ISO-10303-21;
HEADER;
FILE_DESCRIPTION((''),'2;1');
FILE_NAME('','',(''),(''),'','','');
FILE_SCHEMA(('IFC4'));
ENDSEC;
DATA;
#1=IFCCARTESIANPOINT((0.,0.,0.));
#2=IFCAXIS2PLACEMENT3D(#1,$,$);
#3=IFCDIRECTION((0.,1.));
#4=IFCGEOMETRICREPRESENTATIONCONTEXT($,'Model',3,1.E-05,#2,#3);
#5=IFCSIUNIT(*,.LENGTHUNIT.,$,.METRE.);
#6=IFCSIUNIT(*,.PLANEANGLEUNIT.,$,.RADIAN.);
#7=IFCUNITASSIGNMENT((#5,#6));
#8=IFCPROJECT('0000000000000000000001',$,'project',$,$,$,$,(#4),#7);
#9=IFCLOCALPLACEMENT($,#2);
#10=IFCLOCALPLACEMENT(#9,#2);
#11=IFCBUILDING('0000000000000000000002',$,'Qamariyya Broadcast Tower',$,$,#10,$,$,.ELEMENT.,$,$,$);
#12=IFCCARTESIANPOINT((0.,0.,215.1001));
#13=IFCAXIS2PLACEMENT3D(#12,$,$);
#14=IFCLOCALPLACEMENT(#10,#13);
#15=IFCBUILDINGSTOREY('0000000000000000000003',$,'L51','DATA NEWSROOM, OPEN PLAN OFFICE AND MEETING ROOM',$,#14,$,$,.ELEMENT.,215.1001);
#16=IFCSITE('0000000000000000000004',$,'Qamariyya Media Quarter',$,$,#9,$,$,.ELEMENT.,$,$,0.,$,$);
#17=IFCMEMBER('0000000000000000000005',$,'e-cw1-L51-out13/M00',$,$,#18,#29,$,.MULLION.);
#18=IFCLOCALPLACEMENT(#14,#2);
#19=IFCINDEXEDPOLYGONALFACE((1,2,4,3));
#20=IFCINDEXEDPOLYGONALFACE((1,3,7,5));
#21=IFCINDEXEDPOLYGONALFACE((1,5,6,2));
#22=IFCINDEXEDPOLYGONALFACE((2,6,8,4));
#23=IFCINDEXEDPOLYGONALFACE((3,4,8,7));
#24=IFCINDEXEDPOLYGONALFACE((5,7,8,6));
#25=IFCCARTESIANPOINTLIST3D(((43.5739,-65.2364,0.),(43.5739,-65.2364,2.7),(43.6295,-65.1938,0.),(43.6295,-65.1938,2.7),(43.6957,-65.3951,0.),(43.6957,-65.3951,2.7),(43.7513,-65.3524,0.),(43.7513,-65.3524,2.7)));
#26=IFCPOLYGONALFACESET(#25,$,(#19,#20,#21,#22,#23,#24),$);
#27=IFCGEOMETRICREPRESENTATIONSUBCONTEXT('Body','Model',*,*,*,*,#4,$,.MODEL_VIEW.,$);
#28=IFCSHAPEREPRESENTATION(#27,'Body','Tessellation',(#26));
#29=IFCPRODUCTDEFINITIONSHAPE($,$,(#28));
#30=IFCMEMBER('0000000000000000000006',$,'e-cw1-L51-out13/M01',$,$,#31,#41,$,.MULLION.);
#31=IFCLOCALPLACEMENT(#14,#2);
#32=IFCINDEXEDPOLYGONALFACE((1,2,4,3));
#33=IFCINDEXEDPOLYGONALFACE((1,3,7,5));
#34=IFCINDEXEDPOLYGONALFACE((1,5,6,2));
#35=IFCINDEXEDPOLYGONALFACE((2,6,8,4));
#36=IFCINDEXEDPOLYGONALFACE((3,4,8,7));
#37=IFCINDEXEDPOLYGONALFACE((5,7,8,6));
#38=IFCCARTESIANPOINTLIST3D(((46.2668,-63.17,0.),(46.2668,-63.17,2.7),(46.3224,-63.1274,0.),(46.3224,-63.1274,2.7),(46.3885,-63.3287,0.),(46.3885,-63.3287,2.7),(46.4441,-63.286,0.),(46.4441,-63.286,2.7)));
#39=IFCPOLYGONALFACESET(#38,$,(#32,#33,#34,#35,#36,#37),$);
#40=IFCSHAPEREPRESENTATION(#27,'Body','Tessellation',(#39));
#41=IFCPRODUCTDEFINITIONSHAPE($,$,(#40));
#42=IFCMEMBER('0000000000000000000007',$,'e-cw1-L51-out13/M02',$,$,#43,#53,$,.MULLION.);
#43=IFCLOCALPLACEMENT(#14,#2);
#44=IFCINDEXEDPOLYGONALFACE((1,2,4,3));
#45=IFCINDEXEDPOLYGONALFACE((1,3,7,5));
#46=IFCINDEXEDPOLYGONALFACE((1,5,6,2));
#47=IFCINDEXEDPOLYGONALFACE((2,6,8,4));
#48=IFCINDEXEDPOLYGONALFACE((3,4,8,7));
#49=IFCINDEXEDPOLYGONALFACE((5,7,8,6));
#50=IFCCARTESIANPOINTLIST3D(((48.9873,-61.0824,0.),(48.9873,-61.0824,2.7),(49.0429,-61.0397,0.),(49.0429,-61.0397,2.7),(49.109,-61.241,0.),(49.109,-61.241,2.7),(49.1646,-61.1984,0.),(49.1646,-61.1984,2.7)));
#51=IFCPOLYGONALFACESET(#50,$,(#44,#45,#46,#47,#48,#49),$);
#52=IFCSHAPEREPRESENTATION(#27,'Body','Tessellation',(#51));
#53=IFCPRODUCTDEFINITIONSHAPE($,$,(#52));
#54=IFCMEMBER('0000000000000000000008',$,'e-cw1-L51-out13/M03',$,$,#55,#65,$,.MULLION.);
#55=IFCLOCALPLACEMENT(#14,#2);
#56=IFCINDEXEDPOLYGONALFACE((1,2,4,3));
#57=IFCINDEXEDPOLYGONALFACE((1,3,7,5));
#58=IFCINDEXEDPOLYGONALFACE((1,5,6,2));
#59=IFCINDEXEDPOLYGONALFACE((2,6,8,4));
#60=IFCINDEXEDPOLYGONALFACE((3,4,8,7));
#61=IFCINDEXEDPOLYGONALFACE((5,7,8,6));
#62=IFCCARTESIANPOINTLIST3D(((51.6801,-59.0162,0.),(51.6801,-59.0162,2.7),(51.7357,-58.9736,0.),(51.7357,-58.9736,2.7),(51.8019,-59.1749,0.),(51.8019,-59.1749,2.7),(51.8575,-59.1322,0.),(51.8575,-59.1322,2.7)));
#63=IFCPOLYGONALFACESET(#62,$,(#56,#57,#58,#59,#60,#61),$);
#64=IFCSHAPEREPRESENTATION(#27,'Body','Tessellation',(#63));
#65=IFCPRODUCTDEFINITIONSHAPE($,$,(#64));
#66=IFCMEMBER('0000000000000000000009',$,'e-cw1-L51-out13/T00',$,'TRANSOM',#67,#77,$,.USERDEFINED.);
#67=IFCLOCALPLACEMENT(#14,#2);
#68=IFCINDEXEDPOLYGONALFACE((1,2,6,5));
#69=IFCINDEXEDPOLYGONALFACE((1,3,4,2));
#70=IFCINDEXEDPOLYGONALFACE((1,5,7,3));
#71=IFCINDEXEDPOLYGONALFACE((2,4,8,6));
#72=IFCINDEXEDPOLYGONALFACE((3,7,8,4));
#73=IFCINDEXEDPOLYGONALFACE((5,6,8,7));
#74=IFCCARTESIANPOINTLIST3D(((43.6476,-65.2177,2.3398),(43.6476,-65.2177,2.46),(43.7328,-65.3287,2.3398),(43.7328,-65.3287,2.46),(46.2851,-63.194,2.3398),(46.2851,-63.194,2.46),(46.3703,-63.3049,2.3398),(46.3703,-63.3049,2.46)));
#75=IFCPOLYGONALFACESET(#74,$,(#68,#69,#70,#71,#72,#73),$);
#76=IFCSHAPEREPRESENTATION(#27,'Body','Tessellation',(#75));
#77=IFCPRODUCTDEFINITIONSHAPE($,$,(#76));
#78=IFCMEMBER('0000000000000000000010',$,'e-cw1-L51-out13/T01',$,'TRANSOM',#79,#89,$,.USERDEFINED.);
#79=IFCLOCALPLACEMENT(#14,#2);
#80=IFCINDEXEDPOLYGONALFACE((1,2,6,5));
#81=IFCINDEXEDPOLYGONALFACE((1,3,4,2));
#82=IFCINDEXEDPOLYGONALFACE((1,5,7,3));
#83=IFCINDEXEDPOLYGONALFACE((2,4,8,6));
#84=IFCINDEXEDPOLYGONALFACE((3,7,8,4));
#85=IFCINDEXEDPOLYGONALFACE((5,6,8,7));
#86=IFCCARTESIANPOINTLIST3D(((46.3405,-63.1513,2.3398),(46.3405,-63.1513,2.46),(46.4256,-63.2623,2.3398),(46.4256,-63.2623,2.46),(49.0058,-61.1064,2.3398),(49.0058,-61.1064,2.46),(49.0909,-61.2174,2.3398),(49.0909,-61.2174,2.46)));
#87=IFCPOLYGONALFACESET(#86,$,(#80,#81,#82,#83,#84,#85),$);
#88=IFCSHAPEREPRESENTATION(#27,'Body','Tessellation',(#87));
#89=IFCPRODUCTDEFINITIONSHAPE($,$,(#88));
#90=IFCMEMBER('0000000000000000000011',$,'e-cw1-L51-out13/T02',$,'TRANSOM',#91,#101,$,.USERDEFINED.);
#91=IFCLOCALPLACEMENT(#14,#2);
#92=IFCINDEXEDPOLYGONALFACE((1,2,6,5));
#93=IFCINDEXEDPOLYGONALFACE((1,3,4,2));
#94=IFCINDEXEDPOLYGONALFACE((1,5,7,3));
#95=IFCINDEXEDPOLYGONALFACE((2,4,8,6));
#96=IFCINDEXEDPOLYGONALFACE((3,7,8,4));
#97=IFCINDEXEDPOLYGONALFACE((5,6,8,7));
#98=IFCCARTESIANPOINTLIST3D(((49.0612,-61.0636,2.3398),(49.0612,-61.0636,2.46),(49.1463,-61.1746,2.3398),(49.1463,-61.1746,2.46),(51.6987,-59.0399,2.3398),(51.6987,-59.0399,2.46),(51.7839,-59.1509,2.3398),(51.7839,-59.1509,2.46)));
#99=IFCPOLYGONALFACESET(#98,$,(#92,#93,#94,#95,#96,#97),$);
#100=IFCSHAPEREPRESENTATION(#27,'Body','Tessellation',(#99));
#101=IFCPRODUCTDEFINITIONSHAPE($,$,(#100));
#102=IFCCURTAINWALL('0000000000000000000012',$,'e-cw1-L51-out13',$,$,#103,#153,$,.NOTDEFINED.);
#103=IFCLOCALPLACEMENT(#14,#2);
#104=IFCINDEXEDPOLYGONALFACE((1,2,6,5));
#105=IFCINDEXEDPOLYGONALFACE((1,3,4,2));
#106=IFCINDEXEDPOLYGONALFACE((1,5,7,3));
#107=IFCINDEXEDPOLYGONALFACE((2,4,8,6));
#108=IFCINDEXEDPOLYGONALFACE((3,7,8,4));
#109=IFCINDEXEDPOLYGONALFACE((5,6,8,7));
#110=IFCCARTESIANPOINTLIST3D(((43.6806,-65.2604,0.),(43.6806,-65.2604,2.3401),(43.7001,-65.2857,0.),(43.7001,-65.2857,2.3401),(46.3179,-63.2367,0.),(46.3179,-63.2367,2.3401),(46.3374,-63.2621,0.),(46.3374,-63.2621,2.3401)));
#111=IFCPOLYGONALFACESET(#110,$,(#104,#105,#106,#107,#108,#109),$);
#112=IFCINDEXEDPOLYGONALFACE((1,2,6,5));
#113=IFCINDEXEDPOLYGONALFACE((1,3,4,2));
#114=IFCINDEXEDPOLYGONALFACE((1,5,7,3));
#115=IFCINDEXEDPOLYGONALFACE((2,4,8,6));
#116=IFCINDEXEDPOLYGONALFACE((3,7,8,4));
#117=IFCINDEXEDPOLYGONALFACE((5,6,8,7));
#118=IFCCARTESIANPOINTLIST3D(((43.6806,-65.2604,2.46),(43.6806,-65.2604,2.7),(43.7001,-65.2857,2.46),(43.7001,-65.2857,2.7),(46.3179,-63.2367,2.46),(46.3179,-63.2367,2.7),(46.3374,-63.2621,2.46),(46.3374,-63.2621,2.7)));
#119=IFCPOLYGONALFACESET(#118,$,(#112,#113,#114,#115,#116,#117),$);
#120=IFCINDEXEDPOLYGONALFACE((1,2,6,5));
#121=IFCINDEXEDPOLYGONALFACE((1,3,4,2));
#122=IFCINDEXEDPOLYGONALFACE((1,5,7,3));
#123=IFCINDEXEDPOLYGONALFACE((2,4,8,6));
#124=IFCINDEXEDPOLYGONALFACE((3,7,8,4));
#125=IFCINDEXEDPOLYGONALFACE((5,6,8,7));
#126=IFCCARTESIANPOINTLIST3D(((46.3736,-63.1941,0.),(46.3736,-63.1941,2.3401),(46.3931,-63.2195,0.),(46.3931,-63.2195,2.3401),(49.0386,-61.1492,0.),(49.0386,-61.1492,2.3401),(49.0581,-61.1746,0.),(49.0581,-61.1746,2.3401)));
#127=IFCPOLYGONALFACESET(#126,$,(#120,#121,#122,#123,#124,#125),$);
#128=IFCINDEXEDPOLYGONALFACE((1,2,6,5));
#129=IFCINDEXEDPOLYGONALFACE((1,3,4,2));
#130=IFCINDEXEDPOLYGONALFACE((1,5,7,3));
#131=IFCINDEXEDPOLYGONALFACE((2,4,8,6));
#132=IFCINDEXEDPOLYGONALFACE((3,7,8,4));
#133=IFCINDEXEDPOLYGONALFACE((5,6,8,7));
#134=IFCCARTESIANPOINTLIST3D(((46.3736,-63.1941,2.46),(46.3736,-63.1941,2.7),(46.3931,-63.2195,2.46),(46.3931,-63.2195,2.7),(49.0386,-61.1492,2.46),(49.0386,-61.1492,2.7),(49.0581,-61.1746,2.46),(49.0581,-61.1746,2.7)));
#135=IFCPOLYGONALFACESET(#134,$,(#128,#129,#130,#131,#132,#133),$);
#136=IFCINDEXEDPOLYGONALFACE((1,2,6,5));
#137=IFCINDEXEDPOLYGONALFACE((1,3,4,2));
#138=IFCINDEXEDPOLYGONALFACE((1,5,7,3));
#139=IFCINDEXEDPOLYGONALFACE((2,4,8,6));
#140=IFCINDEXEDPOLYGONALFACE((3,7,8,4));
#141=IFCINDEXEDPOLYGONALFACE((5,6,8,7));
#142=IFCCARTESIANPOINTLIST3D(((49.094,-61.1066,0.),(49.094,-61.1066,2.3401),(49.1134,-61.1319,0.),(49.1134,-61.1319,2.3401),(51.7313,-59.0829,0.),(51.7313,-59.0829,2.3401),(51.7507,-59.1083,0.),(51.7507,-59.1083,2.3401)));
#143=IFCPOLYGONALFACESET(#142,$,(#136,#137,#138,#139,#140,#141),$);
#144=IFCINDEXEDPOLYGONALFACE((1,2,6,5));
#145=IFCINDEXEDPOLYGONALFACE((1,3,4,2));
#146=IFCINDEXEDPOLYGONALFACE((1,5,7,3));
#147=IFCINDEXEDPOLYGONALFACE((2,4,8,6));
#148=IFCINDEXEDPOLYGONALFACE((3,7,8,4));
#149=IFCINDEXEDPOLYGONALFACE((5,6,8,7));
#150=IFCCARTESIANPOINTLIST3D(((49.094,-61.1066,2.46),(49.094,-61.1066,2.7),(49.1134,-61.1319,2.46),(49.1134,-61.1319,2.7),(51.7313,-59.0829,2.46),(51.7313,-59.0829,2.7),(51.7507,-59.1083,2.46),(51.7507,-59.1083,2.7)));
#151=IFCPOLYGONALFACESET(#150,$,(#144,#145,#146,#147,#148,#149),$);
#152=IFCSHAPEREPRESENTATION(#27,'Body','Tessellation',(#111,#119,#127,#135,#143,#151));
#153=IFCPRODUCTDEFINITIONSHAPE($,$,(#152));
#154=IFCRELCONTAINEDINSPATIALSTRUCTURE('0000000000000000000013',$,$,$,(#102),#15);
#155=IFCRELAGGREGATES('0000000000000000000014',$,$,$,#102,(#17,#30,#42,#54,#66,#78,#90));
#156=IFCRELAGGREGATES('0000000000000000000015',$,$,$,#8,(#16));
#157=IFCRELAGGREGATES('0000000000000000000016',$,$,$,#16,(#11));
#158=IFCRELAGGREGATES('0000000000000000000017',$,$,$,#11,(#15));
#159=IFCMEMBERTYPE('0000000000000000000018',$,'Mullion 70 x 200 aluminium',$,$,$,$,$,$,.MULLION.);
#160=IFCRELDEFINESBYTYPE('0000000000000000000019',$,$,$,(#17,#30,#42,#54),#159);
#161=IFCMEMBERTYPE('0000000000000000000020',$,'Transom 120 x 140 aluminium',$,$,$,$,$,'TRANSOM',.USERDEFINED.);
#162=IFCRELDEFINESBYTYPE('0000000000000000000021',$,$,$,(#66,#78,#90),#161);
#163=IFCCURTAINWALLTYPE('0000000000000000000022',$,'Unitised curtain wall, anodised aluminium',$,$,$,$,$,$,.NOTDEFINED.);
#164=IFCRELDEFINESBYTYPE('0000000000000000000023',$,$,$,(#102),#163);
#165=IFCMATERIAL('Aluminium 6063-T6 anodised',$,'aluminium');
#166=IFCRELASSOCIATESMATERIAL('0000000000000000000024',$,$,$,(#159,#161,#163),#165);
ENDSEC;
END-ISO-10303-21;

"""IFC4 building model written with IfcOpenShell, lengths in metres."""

from ifc_helpers import new_model, si_unit, direction, frame, origin, origin_2d, place, context, subcontext, project, spatial, rectangle, extrude, material, material_profile, profile_set, type_object, element, aggregate, save


model = new_model("IFC4")

# Units and contexts
model_context = context("Model", 3, precision=1e-05, world=origin(), true_north=direction((0.0, 1.0)))
body_context = subcontext(model_context, "Body", "Model", "MODEL_VIEW")
ifc_project = project(units=[si_unit("LENGTHUNIT", "METRE"), si_unit("PLANEANGLEUNIT", "RADIAN")], contexts=[model_context])

# Members
ifc_material = material(Name="Aluminium 6063-T6 anodised", Category="aluminium")
ifc_material_profile_1 = material_profile(ifc_material, rectangle(XDim=0.2, YDim=0.0701, at=origin_2d()))
ifc_profile_set_1 = profile_set([ifc_material_profile_1], Name="Aluminium 6063-T6 anodised")
member_type_1 = type_object("IfcMemberType", Name="Mullion 70 x 200 aluminium", PredefinedType="MULLION", material=ifc_profile_set_1)
site_placement = place(None, origin())
building_placement = place(site_placement, origin())
storey_placement = place(building_placement, frame((0.0, 0.0, 215.1001)))
member_1_placement = place(storey_placement, frame((43.6626, -65.2944, 0.0), z_axis=(0.0, 0.0, 1.0), x_axis=(-0.608761, 0.793353, 0.0)))
member_1 = element("IfcMember", 1, at=member_1_placement, type_object=member_type_1, Name="e-cw1-L51-out13/M00", PredefinedType="MULLION", context=body_context, shape_type="SweptSolid", body=[
    extrude(rectangle(XDim=0.2, YDim=0.0701, at=origin_2d()), origin(), (0.0, 0.0, 1.0), 2.7),
])
member_2_placement = place(storey_placement, frame((46.3555, -63.228, 0.0), z_axis=(0.0, 0.0, 1.0), x_axis=(-0.608761, 0.793353, 0.0)))
member_2 = element("IfcMember", 2, at=member_2_placement, type_object=member_type_1, Name="e-cw1-L51-out13/M01", PredefinedType="MULLION", context=body_context, shape_type="SweptSolid", body=[
    extrude(rectangle(XDim=0.2, YDim=0.0701, at=origin_2d()), origin(), (0.0, 0.0, 1.0), 2.7),
])
member_3_placement = place(storey_placement, frame((49.0759, -61.1404, 0.0), z_axis=(0.0, 0.0, 1.0), x_axis=(-0.608761, 0.793353, 0.0)))
member_3 = element("IfcMember", 3, at=member_3_placement, type_object=member_type_1, Name="e-cw1-L51-out13/M02", PredefinedType="MULLION", context=body_context, shape_type="SweptSolid", body=[
    extrude(rectangle(XDim=0.2, YDim=0.0701, at=origin_2d()), origin(), (0.0, 0.0, 1.0), 2.7),
])
member_4_placement = place(storey_placement, frame((51.7688, -59.0742, 0.0), z_axis=(0.0, 0.0, 1.0), x_axis=(-0.608761, 0.793353, 0.0)))
member_4 = element("IfcMember", 4, at=member_4_placement, type_object=member_type_1, Name="e-cw1-L51-out13/M03", PredefinedType="MULLION", context=body_context, shape_type="SweptSolid", body=[
    extrude(rectangle(XDim=0.2, YDim=0.0701, at=origin_2d()), origin(), (0.0, 0.0, 1.0), 2.7),
])
ifc_material_profile_2 = material_profile(ifc_material, rectangle(XDim=0.1399, YDim=0.1201, at=origin_2d()))
ifc_profile_set_2 = profile_set([ifc_material_profile_2], Name="Aluminium 6063-T6 anodised")
member_type_2 = type_object("IfcMemberType", Name="Transom 120 x 140 aluminium", ElementType="TRANSOM", PredefinedType="USERDEFINED", material=ifc_profile_set_2)
member_5_placement = place(storey_placement, frame((43.6902, -65.2732, 2.3999), z_axis=(0.793369, 0.608741, 0.0), x_axis=(-0.608741, 0.793369, 0.0)))
member_5 = element("IfcMember", 5, at=member_5_placement, type_object=member_type_2, Name="e-cw1-L51-out13/T00", ObjectType="TRANSOM", PredefinedType="USERDEFINED", context=body_context, shape_type="SweptSolid", body=[
    extrude(rectangle(XDim=0.1399, YDim=0.1201, at=origin_2d()), origin(), (0.0, 0.0, 1.0), 3.3245),
])
member_6_placement = place(storey_placement, frame((46.3831, -63.2068, 2.3999), z_axis=(0.793385, 0.60872, 0.0), x_axis=(-0.60872, 0.793385, 0.0)))
member_6 = element("IfcMember", 6, at=member_6_placement, type_object=member_type_2, Name="e-cw1-L51-out13/T01", ObjectType="TRANSOM", PredefinedType="USERDEFINED", context=body_context, shape_type="SweptSolid", body=[
    extrude(rectangle(XDim=0.1399, YDim=0.1201, at=origin_2d()), origin(), (0.0, 0.0, 1.0), 3.3594),
])
member_7_placement = place(storey_placement, frame((49.1038, -61.1191, 2.3999), z_axis=(0.793369, 0.608741, 0.0), x_axis=(-0.608741, 0.793369, 0.0)))
member_7 = element("IfcMember", 7, at=member_7_placement, type_object=member_type_2, Name="e-cw1-L51-out13/T02", ObjectType="TRANSOM", PredefinedType="USERDEFINED", context=body_context, shape_type="SweptSolid", body=[
    extrude(rectangle(XDim=0.1399, YDim=0.1201, at=origin_2d()), origin(), (0.0, 0.0, 1.0), 3.3245),
])

# Site, building, storey
site = spatial("IfcSite", under=ifc_project, at=site_placement, Name="Qamariyya Media Quarter", CompositionType="ELEMENT", RefElevation=0.0)
building = spatial("IfcBuilding", under=site, at=building_placement, Name="Qamariyya Broadcast Tower", CompositionType="ELEMENT")
storey = spatial("IfcBuildingStorey", under=building, at=storey_placement, Name="L51", Description="DATA NEWSROOM, OPEN PLAN OFFICE AND MEETING ROOM", CompositionType="ELEMENT", Elevation=215.1001)

# Curtain wall
curtain_wall_type = type_object("IfcCurtainWallType", Name="Unitised curtain wall, anodised aluminium", PredefinedType="NOTDEFINED", material=ifc_material)
curtain_wall_1_placement = place(storey_placement, origin())
curtain_wall_1 = element("IfcCurtainWall", 8, at=curtain_wall_1_placement, inside=storey, type_object=curtain_wall_type, Name="e-cw1-L51-out13", PredefinedType="NOTDEFINED", context=body_context, shape_type="SweptSolid", body=[
    extrude(rectangle(XDim=3.3242, YDim=0.032, at=origin_2d()), frame((45.009, -64.2612, 0.0), x_axis=(0.793359, 0.608754, 0.0)), (0.0, 0.0, 1.0), 2.3401),
    extrude(rectangle(XDim=3.3242, YDim=0.032, at=origin_2d()), frame((45.009, -64.2612, 2.46), x_axis=(0.793359, 0.608754, 0.0)), (0.0, 0.0, 1.0), 0.24),
    extrude(rectangle(XDim=3.3591, YDim=0.032, at=origin_2d()), frame((47.7158, -62.1843, 0.0), x_axis=(0.793359, 0.608754, 0.0)), (0.0, 0.0, 1.0), 2.3401),
    extrude(rectangle(XDim=3.3591, YDim=0.032, at=origin_2d()), frame((47.7158, -62.1843, 2.46), x_axis=(0.793359, 0.608754, 0.0)), (0.0, 0.0, 1.0), 0.24),
    extrude(rectangle(XDim=3.3242, YDim=0.032, at=origin_2d()), frame((50.4224, -60.1074, 0.0), x_axis=(0.793359, 0.608754, 0.0)), (0.0, 0.0, 1.0), 2.3401),
    extrude(rectangle(XDim=3.3242, YDim=0.032, at=origin_2d()), frame((50.4224, -60.1074, 2.46), x_axis=(0.793359, 0.608754, 0.0)), (0.0, 0.0, 1.0), 0.24),
])
aggregate(curtain_wall_1, [member_1, member_2, member_3, member_4, member_5, member_6, member_7])

save(model, "model.ifc")
